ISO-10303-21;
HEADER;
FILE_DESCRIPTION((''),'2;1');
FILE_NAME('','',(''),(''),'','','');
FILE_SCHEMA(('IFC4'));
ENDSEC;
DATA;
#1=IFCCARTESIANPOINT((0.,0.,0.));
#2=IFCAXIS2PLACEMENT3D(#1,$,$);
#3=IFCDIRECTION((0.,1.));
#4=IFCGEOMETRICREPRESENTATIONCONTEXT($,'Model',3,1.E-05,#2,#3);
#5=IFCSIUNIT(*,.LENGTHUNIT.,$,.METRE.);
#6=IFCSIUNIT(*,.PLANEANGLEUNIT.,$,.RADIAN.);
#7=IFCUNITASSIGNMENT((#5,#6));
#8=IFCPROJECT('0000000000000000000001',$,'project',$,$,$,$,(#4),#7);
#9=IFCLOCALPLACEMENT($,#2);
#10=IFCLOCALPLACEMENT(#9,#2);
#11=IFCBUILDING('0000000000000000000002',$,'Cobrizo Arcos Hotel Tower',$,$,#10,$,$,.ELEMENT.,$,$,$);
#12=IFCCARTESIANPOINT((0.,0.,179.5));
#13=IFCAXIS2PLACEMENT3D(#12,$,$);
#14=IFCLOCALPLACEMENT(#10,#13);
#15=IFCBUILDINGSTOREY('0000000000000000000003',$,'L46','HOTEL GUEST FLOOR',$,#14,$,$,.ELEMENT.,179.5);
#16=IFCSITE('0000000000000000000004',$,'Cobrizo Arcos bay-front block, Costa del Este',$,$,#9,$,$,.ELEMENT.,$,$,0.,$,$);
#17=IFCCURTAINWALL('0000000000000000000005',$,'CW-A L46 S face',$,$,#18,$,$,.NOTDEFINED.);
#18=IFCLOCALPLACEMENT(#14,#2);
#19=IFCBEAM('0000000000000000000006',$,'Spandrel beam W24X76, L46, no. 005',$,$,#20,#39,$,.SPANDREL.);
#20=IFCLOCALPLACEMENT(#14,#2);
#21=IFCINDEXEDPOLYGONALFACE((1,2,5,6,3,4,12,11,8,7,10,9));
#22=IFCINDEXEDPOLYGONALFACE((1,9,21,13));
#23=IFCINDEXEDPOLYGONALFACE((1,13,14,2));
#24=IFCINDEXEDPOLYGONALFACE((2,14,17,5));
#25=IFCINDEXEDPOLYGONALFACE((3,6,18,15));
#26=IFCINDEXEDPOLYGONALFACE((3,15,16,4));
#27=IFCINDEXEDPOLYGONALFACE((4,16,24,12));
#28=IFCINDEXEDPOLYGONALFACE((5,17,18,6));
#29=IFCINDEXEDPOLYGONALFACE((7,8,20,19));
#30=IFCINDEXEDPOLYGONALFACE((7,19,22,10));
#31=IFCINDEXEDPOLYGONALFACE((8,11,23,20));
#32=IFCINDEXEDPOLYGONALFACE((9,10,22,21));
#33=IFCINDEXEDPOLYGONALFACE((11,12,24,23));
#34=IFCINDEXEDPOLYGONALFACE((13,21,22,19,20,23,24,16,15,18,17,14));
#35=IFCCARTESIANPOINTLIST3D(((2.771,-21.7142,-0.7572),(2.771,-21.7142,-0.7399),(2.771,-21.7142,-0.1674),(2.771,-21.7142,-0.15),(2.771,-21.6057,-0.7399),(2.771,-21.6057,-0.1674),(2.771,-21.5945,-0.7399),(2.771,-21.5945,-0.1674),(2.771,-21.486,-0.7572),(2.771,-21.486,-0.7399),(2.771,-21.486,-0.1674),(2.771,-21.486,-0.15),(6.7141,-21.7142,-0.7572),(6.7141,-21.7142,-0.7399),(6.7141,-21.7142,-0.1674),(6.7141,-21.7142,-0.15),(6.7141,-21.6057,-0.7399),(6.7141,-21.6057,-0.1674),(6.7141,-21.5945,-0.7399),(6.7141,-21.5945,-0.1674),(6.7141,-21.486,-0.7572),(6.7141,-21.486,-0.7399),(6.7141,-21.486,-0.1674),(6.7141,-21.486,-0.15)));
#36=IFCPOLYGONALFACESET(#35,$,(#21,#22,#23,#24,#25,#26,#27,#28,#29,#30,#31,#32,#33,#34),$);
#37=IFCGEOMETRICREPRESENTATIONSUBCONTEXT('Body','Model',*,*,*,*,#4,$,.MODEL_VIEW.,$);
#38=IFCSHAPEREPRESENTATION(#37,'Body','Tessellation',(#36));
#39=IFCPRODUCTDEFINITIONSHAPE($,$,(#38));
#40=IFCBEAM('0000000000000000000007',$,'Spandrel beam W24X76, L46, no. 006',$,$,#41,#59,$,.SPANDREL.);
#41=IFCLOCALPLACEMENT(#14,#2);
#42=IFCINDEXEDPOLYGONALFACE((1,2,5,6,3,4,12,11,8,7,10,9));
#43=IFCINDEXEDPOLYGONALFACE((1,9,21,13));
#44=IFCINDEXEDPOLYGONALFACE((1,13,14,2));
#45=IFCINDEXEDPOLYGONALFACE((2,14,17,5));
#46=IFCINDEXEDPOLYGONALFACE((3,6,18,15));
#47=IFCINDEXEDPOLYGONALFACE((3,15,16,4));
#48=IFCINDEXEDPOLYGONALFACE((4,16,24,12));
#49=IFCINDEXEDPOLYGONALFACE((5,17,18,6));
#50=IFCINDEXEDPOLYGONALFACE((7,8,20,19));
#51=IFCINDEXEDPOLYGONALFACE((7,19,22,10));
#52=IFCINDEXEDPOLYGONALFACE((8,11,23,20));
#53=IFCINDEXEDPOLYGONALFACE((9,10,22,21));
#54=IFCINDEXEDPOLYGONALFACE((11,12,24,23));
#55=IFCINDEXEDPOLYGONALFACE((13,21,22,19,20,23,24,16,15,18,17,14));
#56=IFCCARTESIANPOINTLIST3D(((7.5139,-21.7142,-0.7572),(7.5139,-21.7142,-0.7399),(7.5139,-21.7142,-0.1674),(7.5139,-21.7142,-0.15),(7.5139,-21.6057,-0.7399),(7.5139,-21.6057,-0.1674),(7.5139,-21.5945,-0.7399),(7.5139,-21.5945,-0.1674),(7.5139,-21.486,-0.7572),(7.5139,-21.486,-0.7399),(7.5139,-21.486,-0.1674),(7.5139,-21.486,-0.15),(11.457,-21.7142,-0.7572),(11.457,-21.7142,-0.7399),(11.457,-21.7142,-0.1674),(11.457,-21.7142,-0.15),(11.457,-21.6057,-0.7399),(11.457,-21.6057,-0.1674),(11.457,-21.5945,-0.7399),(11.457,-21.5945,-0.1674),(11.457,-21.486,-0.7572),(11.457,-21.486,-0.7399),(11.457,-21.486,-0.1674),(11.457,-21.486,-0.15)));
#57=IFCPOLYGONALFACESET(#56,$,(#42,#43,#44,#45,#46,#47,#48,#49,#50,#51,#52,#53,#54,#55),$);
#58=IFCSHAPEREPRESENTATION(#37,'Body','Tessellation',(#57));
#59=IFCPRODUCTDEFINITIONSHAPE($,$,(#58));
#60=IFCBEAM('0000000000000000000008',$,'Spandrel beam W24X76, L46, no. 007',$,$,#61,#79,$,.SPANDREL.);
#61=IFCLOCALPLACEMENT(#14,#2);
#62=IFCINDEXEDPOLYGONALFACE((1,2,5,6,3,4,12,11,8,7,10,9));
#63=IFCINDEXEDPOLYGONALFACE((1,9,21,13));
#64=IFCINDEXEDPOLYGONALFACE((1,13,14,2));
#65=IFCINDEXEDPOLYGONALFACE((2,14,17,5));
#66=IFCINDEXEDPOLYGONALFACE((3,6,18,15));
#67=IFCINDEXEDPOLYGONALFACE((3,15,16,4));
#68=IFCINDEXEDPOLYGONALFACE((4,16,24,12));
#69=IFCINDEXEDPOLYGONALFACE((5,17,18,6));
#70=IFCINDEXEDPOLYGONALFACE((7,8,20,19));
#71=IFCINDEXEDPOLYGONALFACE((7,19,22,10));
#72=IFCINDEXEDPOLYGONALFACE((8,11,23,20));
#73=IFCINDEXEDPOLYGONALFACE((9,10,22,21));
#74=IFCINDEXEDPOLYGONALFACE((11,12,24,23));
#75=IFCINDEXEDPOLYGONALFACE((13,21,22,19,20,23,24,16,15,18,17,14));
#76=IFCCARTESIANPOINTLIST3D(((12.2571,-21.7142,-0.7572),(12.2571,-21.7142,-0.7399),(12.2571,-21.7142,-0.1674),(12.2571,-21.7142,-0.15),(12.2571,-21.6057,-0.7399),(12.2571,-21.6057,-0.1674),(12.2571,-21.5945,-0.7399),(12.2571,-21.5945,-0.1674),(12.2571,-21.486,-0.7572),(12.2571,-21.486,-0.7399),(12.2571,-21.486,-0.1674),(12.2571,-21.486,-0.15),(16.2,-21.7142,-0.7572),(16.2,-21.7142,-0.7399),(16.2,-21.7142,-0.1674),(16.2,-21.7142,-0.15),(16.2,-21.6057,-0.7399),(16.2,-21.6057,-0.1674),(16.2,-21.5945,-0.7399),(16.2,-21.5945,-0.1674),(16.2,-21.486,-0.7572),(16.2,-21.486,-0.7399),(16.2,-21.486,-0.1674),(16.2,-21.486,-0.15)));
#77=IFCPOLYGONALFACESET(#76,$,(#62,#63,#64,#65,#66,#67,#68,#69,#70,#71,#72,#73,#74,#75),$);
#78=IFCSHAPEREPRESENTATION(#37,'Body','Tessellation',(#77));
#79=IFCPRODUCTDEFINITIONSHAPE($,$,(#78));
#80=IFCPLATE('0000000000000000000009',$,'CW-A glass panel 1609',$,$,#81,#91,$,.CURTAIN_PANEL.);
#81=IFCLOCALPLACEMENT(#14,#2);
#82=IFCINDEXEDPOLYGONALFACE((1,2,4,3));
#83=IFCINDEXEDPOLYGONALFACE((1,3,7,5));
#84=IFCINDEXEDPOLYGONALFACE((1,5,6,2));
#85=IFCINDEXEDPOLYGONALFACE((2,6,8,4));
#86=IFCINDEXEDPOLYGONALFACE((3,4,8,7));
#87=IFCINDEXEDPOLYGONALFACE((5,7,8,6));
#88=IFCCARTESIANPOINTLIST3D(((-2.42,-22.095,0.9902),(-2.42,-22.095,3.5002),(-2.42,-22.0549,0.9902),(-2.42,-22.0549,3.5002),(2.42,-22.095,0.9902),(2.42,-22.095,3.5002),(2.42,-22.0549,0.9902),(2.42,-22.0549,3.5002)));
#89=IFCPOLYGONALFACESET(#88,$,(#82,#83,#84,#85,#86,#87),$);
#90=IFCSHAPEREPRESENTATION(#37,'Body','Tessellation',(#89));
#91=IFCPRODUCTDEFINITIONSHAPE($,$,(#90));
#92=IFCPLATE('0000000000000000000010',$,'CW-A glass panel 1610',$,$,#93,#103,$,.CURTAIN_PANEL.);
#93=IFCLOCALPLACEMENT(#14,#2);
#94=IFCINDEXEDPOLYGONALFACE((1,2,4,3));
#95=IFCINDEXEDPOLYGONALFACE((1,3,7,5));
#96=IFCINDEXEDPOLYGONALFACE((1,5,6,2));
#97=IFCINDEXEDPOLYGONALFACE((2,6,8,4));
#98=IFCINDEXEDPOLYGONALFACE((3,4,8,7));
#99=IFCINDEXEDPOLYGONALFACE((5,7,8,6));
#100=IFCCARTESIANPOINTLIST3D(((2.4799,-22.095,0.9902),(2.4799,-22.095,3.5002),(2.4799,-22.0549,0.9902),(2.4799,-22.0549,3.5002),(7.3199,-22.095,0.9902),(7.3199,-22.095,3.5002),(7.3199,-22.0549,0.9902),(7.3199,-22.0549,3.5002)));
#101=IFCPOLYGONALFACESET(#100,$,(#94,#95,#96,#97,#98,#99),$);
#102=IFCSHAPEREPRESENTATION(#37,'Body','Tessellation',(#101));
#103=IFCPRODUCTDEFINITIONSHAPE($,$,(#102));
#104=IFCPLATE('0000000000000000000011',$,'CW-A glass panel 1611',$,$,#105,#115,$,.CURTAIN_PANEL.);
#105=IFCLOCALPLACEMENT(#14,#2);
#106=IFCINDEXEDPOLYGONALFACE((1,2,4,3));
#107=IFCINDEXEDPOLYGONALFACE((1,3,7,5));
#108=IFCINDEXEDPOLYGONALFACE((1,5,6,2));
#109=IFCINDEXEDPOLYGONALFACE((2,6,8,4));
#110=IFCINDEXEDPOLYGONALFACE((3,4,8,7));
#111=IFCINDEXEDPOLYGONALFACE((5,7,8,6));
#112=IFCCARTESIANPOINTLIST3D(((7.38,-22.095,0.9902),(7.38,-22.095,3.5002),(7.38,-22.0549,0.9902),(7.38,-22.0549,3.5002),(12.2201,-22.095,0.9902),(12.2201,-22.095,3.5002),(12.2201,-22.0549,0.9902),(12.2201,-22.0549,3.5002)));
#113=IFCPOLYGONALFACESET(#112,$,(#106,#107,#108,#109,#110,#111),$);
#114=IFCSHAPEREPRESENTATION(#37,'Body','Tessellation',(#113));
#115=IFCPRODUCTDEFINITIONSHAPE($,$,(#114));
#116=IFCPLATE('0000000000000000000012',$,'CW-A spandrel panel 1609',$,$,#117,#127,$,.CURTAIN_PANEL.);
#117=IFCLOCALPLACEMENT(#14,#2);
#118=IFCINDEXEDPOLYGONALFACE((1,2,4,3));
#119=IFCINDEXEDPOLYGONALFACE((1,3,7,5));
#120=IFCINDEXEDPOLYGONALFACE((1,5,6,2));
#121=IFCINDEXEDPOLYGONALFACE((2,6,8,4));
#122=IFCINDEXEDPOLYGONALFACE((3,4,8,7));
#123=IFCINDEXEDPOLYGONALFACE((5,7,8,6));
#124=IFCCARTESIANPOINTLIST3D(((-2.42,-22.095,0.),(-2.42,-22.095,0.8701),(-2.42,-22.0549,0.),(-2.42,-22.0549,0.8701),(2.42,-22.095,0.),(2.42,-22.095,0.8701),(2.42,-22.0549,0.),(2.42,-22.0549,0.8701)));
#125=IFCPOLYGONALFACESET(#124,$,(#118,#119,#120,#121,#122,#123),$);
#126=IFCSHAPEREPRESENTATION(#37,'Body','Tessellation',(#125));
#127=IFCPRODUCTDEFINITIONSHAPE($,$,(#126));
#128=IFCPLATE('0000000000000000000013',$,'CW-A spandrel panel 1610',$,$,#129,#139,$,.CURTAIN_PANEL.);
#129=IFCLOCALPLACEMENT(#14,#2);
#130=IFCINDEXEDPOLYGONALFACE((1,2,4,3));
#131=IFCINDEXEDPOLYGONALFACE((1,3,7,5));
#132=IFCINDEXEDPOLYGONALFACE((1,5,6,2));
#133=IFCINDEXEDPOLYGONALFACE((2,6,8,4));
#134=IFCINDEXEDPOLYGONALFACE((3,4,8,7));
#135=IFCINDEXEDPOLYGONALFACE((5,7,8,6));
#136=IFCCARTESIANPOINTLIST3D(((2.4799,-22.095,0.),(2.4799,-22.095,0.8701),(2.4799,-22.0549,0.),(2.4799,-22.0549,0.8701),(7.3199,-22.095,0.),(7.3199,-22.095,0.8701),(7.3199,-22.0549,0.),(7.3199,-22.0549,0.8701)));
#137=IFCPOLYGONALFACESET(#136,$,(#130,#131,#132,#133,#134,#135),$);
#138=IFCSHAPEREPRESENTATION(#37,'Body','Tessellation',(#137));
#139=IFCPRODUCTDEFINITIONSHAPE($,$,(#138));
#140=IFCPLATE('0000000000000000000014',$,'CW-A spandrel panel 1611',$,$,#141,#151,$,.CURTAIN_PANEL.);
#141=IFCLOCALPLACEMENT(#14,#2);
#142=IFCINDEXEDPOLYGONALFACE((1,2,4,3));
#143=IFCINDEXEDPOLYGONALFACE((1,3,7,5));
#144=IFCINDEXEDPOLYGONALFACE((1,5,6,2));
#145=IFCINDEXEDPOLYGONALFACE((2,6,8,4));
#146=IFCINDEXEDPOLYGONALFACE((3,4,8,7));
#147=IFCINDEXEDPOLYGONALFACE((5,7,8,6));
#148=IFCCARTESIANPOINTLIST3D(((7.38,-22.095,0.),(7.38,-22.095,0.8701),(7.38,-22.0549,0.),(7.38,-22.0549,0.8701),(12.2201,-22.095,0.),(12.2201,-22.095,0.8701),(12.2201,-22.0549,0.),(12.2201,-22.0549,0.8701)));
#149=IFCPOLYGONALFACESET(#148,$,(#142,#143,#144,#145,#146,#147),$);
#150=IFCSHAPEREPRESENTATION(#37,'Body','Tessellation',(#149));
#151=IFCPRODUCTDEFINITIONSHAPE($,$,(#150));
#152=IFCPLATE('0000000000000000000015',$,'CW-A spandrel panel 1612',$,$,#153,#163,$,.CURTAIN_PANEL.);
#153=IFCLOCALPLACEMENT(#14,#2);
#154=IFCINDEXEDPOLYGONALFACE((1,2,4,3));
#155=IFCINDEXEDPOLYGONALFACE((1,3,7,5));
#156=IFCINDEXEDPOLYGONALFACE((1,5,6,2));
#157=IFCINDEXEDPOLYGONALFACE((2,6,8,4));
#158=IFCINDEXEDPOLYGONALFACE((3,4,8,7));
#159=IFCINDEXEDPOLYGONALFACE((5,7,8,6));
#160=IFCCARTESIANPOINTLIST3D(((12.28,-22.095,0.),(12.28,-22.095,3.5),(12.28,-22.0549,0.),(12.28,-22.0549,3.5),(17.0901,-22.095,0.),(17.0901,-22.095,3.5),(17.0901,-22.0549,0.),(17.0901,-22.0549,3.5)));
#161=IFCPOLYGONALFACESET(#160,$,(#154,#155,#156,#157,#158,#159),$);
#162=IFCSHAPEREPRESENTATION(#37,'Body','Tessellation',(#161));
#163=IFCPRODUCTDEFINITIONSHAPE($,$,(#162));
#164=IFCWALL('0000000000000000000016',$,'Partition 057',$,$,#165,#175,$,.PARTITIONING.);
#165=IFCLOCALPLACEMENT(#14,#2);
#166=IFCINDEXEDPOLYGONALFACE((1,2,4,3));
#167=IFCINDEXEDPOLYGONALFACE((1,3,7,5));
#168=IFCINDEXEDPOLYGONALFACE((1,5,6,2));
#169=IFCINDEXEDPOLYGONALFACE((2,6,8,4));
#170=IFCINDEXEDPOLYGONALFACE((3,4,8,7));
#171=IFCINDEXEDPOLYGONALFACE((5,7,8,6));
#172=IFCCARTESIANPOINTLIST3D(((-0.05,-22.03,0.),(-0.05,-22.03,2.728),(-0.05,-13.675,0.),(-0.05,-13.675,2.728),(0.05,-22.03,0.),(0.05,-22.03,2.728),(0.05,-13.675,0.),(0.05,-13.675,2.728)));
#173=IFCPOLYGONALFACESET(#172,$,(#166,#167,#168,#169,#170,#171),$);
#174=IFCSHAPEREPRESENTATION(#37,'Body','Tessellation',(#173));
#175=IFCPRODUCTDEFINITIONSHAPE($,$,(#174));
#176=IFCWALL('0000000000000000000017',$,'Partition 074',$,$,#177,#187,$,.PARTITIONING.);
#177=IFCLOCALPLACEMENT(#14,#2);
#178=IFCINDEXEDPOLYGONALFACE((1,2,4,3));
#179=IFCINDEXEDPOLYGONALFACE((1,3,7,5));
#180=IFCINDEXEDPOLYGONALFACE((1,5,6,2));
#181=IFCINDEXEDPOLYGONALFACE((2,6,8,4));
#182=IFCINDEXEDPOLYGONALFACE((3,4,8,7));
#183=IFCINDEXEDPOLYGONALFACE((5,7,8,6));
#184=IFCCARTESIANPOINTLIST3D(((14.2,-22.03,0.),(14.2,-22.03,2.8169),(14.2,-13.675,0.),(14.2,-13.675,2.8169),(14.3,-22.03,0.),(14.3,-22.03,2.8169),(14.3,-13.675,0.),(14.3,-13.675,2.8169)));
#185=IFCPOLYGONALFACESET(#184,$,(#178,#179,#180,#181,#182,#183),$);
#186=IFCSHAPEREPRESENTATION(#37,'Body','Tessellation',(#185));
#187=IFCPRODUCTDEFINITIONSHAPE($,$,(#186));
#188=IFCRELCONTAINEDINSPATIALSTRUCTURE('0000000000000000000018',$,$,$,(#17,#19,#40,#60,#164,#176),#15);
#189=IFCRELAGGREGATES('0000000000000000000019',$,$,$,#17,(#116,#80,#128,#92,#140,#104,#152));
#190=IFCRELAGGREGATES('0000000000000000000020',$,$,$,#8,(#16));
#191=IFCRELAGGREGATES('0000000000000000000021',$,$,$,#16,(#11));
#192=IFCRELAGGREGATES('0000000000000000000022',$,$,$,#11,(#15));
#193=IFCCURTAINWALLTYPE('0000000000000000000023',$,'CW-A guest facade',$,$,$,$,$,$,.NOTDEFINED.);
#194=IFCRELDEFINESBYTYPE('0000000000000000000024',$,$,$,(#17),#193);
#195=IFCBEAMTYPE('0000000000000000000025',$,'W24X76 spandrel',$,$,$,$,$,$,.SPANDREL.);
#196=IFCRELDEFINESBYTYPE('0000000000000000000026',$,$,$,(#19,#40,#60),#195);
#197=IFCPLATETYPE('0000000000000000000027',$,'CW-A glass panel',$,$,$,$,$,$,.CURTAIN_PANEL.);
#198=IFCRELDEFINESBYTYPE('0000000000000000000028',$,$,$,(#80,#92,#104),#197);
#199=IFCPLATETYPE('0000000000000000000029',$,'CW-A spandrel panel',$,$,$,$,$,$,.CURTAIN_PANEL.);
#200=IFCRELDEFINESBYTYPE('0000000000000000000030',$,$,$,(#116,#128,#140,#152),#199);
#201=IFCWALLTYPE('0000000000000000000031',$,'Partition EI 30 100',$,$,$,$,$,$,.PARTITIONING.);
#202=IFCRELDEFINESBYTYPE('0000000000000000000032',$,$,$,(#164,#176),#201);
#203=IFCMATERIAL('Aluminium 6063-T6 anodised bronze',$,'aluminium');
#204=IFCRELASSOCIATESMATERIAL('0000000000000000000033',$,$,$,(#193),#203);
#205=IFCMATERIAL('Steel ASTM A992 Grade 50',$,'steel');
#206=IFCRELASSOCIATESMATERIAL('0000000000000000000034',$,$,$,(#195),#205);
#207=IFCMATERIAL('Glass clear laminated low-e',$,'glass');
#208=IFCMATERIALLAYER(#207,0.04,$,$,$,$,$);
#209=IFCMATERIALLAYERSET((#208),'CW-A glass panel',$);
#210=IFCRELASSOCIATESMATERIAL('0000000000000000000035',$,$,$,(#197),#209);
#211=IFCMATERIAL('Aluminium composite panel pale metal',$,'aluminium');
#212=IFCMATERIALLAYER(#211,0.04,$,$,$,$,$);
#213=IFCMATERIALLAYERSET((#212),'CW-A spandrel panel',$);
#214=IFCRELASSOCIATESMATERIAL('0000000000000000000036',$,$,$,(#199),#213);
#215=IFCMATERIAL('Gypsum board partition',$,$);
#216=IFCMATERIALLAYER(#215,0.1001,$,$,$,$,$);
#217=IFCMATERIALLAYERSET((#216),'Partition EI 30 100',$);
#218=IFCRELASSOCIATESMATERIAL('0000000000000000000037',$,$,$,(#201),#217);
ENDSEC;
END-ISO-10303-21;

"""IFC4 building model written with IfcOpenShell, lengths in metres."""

from ifc_helpers import new_model, si_unit, direction, frame, frame_2d, origin, origin_2d, place, context, subcontext, project, spatial, rectangle, i_section, extrude, material, layer, layer_set, material_profile, profile_set, type_object, element, aggregate, save


model = new_model("IFC4")

# Units and contexts
model_context = context("Model", 3, precision=1e-05, world=origin(), true_north=direction((0.0, 1.0)))
body_context = subcontext(model_context, "Body", "Model", "MODEL_VIEW")
ifc_project = project(units=[si_unit("LENGTHUNIT", "METRE"), si_unit("PLANEANGLEUNIT", "RADIAN")], contexts=[model_context])

# Site, building, storey
site_placement = place(None, origin())
site = spatial("IfcSite", under=ifc_project, at=site_placement, Name="Cobrizo Arcos bay-front block, Costa del Este", CompositionType="ELEMENT", RefElevation=0.0)
building_placement = place(site_placement, origin())
building = spatial("IfcBuilding", under=site, at=building_placement, Name="Cobrizo Arcos Hotel Tower", CompositionType="ELEMENT")
storey_placement = place(building_placement, frame((0.0, 0.0, 179.5)))
storey = spatial("IfcBuildingStorey", under=building, at=storey_placement, Name="L46", Description="HOTEL GUEST FLOOR", CompositionType="ELEMENT", Elevation=179.5)

# Curtain wall
ifc_material_1 = material(Name="Aluminium 6063-T6 anodised bronze", Category="aluminium")
curtain_wall_type = type_object("IfcCurtainWallType", Name="CW-A guest facade", PredefinedType="NOTDEFINED", material=ifc_material_1)
curtain_wall_placement = place(storey_placement, origin())
curtain_wall = element("IfcCurtainWall", 1, at=curtain_wall_placement, inside=storey, type_object=curtain_wall_type, Name="CW-A L46 S face", PredefinedType="NOTDEFINED")

# Beams
ifc_material_2 = material(Name="Steel ASTM A992 Grade 50", Category="steel")
ifc_material_profile_1 = material_profile(ifc_material_2, i_section(OverallWidth=0.2283, OverallDepth=0.6072, WebThickness=0.0112, FlangeThickness=0.0173, at=origin_2d()), Name="W24X76")
ifc_profile_set_1 = profile_set([ifc_material_profile_1], Name="Steel ASTM A992 Grade 50")
beam_type_1 = type_object("IfcBeamType", Name="W24X76 spandrel", PredefinedType="SPANDREL", material=ifc_profile_set_1)
for number, where, z_axis, x_axis, name in (
    (2, (2.771, -21.6001, -0.4536), (1.0, 0.0, 0.0), (0.0, 1.0, 0.0), "Spandrel beam W24X76, L46, no. 005"),
    (3, (7.5139, -21.6001, -0.4536), (1.0, 0.0, 0.0), (0.0, 1.0, 0.0), "Spandrel beam W24X76, L46, no. 006"),
):
    element("IfcBeam", number, at=place(storey_placement, frame(where, z_axis=z_axis, x_axis=x_axis)), inside=storey, type_object=beam_type_1, Name=name, PredefinedType="SPANDREL", context=body_context, shape_type="SweptSolid", body=[
        extrude(i_section(OverallWidth=0.2283, OverallDepth=0.6072, WebThickness=0.0112, FlangeThickness=0.0173, at=origin_2d()), origin(), (0.0, 0.0, 1.0), 3.9431),
    ])
beam_1_placement = place(storey_placement, frame((12.2571, -21.6001, -0.4536), z_axis=(1.0, 0.0, 0.0), x_axis=(0.0, 1.0, 0.0)))
element("IfcBeam", 4, at=beam_1_placement, inside=storey, type_object=beam_type_1, Name="Spandrel beam W24X76, L46, no. 007", PredefinedType="SPANDREL", context=body_context, shape_type="SweptSolid", body=[
    extrude(i_section(OverallWidth=0.2283, OverallDepth=0.6072, WebThickness=0.0112, FlangeThickness=0.0173, at=origin_2d()), origin(), (0.0, 0.0, 1.0), 3.9429),
])

# Plates
ifc_material_3 = material(Name="Glass clear laminated low-e", Category="glass")
ifc_layer_1 = layer(ifc_material_3, 0.04)
ifc_layer_set_1 = layer_set([ifc_layer_1], Name="CW-A glass panel")
plate_type_1 = type_object("IfcPlateType", Name="CW-A glass panel", PredefinedType="CURTAIN_PANEL", material=ifc_layer_set_1)
plate_1_placement = place(storey_placement, frame((0.0, -22.075, 0.9902), z_axis=(0.0, 0.0, 1.0), x_axis=(1.0, 0.0, 0.0)))
plate_1 = element("IfcPlate", 5, at=plate_1_placement, type_object=plate_type_1, Name="CW-A glass panel 1609", PredefinedType="CURTAIN_PANEL", context=body_context, shape_type="SweptSolid", body=[
    extrude(rectangle(XDim=4.8401, YDim=0.04, at=origin_2d()), origin(), (0.0, 0.0, 1.0), 2.51),
])
plate_2_placement = place(storey_placement, frame((4.8999, -22.075, 0.9902), z_axis=(0.0, 0.0, 1.0), x_axis=(1.0, 0.0, 0.0)))
plate_2 = element("IfcPlate", 6, at=plate_2_placement, type_object=plate_type_1, Name="CW-A glass panel 1610", PredefinedType="CURTAIN_PANEL", context=body_context, shape_type="SweptSolid", body=[
    extrude(rectangle(XDim=4.8401, YDim=0.04, at=origin_2d()), origin(), (0.0, 0.0, 1.0), 2.51),
])
plate_3_placement = place(storey_placement, frame((9.8, -22.075, 0.9902), z_axis=(0.0, 0.0, 1.0), x_axis=(1.0, 0.0, 0.0)))
plate_3 = element("IfcPlate", 7, at=plate_3_placement, type_object=plate_type_1, Name="CW-A glass panel 1611", PredefinedType="CURTAIN_PANEL", context=body_context, shape_type="SweptSolid", body=[
    extrude(rectangle(XDim=4.8401, YDim=0.04, at=origin_2d()), origin(), (0.0, 0.0, 1.0), 2.51),
])
ifc_material_4 = material(Name="Aluminium composite panel pale metal", Category="aluminium")
ifc_layer_2 = layer(ifc_material_4, 0.04)
ifc_layer_set_2 = layer_set([ifc_layer_2], Name="CW-A spandrel panel")
plate_type_2 = type_object("IfcPlateType", Name="CW-A spandrel panel", PredefinedType="CURTAIN_PANEL", material=ifc_layer_set_2)
plate_4_placement = place(storey_placement, frame((0.0, -22.075, 0.0), z_axis=(0.0, 0.0, 1.0), x_axis=(1.0, 0.0, 0.0)))
plate_4 = element("IfcPlate", 8, at=plate_4_placement, type_object=plate_type_2, Name="CW-A spandrel panel 1609", PredefinedType="CURTAIN_PANEL", context=body_context, shape_type="SweptSolid", body=[
    extrude(rectangle(XDim=4.8401, YDim=0.04, at=origin_2d()), origin(), (0.0, 0.0, 1.0), 0.8701),
])
plate_5_placement = place(storey_placement, frame((4.8999, -22.075, 0.0), z_axis=(0.0, 0.0, 1.0), x_axis=(1.0, 0.0, 0.0)))
plate_5 = element("IfcPlate", 9, at=plate_5_placement, type_object=plate_type_2, Name="CW-A spandrel panel 1610", PredefinedType="CURTAIN_PANEL", context=body_context, shape_type="SweptSolid", body=[
    extrude(rectangle(XDim=4.8401, YDim=0.04, at=origin_2d()), origin(), (0.0, 0.0, 1.0), 0.8701),
])
plate_6_placement = place(storey_placement, frame((9.8, -22.075, 0.0), z_axis=(0.0, 0.0, 1.0), x_axis=(1.0, 0.0, 0.0)))
plate_6 = element("IfcPlate", 10, at=plate_6_placement, type_object=plate_type_2, Name="CW-A spandrel panel 1611", PredefinedType="CURTAIN_PANEL", context=body_context, shape_type="SweptSolid", body=[
    extrude(rectangle(XDim=4.8401, YDim=0.04, at=origin_2d()), origin(), (0.0, 0.0, 1.0), 0.8701),
])
plate_7_placement = place(storey_placement, frame((14.6851, -22.075, 0.0), z_axis=(0.0, 0.0, 1.0), x_axis=(1.0, 0.0, 0.0)))
plate_7 = element("IfcPlate", 11, at=plate_7_placement, type_object=plate_type_2, Name="CW-A spandrel panel 1612", PredefinedType="CURTAIN_PANEL", context=body_context, shape_type="SweptSolid", body=[
    extrude(rectangle(XDim=4.8101, YDim=0.04, at=origin_2d()), origin(), (0.0, 0.0, 1.0), 3.5),
])
aggregate(curtain_wall, [plate_4, plate_1, plate_5, plate_2, plate_6, plate_3, plate_7])

# Walls
ifc_material_5 = material(Name="Gypsum board partition")
ifc_layer_3 = layer(ifc_material_5, 0.1001)
ifc_layer_set_3 = layer_set([ifc_layer_3], Name="Partition EI 30 100")
wall_type = type_object("IfcWallType", Name="Partition EI 30 100", PredefinedType="PARTITIONING", material=ifc_layer_set_3)
wall_1_placement = place(storey_placement, frame((0.0, -22.03, 0.0), z_axis=(0.0, 0.0, 1.0), x_axis=(0.0, 1.0, 0.0)))
element("IfcWall", 12, at=wall_1_placement, inside=storey, type_object=wall_type, Name="Partition 057", PredefinedType="PARTITIONING", context=body_context, shape_type="SweptSolid", body=[
    extrude(rectangle(XDim=8.355, YDim=0.1001, at=frame_2d((4.1775, 0.0))), origin(), (0.0, 0.0, 1.0), 2.728),
])
wall_2_placement = place(storey_placement, frame((14.25, -22.03, 0.0), z_axis=(0.0, 0.0, 1.0), x_axis=(0.0, 1.0, 0.0)))
element("IfcWall", 13, at=wall_2_placement, inside=storey, type_object=wall_type, Name="Partition 074", PredefinedType="PARTITIONING", context=body_context, shape_type="SweptSolid", body=[
    extrude(rectangle(XDim=8.355, YDim=0.1001, at=frame_2d((4.1775, 0.0))), origin(), (0.0, 0.0, 1.0), 2.8169),
])

save(model, "model.ifc")
